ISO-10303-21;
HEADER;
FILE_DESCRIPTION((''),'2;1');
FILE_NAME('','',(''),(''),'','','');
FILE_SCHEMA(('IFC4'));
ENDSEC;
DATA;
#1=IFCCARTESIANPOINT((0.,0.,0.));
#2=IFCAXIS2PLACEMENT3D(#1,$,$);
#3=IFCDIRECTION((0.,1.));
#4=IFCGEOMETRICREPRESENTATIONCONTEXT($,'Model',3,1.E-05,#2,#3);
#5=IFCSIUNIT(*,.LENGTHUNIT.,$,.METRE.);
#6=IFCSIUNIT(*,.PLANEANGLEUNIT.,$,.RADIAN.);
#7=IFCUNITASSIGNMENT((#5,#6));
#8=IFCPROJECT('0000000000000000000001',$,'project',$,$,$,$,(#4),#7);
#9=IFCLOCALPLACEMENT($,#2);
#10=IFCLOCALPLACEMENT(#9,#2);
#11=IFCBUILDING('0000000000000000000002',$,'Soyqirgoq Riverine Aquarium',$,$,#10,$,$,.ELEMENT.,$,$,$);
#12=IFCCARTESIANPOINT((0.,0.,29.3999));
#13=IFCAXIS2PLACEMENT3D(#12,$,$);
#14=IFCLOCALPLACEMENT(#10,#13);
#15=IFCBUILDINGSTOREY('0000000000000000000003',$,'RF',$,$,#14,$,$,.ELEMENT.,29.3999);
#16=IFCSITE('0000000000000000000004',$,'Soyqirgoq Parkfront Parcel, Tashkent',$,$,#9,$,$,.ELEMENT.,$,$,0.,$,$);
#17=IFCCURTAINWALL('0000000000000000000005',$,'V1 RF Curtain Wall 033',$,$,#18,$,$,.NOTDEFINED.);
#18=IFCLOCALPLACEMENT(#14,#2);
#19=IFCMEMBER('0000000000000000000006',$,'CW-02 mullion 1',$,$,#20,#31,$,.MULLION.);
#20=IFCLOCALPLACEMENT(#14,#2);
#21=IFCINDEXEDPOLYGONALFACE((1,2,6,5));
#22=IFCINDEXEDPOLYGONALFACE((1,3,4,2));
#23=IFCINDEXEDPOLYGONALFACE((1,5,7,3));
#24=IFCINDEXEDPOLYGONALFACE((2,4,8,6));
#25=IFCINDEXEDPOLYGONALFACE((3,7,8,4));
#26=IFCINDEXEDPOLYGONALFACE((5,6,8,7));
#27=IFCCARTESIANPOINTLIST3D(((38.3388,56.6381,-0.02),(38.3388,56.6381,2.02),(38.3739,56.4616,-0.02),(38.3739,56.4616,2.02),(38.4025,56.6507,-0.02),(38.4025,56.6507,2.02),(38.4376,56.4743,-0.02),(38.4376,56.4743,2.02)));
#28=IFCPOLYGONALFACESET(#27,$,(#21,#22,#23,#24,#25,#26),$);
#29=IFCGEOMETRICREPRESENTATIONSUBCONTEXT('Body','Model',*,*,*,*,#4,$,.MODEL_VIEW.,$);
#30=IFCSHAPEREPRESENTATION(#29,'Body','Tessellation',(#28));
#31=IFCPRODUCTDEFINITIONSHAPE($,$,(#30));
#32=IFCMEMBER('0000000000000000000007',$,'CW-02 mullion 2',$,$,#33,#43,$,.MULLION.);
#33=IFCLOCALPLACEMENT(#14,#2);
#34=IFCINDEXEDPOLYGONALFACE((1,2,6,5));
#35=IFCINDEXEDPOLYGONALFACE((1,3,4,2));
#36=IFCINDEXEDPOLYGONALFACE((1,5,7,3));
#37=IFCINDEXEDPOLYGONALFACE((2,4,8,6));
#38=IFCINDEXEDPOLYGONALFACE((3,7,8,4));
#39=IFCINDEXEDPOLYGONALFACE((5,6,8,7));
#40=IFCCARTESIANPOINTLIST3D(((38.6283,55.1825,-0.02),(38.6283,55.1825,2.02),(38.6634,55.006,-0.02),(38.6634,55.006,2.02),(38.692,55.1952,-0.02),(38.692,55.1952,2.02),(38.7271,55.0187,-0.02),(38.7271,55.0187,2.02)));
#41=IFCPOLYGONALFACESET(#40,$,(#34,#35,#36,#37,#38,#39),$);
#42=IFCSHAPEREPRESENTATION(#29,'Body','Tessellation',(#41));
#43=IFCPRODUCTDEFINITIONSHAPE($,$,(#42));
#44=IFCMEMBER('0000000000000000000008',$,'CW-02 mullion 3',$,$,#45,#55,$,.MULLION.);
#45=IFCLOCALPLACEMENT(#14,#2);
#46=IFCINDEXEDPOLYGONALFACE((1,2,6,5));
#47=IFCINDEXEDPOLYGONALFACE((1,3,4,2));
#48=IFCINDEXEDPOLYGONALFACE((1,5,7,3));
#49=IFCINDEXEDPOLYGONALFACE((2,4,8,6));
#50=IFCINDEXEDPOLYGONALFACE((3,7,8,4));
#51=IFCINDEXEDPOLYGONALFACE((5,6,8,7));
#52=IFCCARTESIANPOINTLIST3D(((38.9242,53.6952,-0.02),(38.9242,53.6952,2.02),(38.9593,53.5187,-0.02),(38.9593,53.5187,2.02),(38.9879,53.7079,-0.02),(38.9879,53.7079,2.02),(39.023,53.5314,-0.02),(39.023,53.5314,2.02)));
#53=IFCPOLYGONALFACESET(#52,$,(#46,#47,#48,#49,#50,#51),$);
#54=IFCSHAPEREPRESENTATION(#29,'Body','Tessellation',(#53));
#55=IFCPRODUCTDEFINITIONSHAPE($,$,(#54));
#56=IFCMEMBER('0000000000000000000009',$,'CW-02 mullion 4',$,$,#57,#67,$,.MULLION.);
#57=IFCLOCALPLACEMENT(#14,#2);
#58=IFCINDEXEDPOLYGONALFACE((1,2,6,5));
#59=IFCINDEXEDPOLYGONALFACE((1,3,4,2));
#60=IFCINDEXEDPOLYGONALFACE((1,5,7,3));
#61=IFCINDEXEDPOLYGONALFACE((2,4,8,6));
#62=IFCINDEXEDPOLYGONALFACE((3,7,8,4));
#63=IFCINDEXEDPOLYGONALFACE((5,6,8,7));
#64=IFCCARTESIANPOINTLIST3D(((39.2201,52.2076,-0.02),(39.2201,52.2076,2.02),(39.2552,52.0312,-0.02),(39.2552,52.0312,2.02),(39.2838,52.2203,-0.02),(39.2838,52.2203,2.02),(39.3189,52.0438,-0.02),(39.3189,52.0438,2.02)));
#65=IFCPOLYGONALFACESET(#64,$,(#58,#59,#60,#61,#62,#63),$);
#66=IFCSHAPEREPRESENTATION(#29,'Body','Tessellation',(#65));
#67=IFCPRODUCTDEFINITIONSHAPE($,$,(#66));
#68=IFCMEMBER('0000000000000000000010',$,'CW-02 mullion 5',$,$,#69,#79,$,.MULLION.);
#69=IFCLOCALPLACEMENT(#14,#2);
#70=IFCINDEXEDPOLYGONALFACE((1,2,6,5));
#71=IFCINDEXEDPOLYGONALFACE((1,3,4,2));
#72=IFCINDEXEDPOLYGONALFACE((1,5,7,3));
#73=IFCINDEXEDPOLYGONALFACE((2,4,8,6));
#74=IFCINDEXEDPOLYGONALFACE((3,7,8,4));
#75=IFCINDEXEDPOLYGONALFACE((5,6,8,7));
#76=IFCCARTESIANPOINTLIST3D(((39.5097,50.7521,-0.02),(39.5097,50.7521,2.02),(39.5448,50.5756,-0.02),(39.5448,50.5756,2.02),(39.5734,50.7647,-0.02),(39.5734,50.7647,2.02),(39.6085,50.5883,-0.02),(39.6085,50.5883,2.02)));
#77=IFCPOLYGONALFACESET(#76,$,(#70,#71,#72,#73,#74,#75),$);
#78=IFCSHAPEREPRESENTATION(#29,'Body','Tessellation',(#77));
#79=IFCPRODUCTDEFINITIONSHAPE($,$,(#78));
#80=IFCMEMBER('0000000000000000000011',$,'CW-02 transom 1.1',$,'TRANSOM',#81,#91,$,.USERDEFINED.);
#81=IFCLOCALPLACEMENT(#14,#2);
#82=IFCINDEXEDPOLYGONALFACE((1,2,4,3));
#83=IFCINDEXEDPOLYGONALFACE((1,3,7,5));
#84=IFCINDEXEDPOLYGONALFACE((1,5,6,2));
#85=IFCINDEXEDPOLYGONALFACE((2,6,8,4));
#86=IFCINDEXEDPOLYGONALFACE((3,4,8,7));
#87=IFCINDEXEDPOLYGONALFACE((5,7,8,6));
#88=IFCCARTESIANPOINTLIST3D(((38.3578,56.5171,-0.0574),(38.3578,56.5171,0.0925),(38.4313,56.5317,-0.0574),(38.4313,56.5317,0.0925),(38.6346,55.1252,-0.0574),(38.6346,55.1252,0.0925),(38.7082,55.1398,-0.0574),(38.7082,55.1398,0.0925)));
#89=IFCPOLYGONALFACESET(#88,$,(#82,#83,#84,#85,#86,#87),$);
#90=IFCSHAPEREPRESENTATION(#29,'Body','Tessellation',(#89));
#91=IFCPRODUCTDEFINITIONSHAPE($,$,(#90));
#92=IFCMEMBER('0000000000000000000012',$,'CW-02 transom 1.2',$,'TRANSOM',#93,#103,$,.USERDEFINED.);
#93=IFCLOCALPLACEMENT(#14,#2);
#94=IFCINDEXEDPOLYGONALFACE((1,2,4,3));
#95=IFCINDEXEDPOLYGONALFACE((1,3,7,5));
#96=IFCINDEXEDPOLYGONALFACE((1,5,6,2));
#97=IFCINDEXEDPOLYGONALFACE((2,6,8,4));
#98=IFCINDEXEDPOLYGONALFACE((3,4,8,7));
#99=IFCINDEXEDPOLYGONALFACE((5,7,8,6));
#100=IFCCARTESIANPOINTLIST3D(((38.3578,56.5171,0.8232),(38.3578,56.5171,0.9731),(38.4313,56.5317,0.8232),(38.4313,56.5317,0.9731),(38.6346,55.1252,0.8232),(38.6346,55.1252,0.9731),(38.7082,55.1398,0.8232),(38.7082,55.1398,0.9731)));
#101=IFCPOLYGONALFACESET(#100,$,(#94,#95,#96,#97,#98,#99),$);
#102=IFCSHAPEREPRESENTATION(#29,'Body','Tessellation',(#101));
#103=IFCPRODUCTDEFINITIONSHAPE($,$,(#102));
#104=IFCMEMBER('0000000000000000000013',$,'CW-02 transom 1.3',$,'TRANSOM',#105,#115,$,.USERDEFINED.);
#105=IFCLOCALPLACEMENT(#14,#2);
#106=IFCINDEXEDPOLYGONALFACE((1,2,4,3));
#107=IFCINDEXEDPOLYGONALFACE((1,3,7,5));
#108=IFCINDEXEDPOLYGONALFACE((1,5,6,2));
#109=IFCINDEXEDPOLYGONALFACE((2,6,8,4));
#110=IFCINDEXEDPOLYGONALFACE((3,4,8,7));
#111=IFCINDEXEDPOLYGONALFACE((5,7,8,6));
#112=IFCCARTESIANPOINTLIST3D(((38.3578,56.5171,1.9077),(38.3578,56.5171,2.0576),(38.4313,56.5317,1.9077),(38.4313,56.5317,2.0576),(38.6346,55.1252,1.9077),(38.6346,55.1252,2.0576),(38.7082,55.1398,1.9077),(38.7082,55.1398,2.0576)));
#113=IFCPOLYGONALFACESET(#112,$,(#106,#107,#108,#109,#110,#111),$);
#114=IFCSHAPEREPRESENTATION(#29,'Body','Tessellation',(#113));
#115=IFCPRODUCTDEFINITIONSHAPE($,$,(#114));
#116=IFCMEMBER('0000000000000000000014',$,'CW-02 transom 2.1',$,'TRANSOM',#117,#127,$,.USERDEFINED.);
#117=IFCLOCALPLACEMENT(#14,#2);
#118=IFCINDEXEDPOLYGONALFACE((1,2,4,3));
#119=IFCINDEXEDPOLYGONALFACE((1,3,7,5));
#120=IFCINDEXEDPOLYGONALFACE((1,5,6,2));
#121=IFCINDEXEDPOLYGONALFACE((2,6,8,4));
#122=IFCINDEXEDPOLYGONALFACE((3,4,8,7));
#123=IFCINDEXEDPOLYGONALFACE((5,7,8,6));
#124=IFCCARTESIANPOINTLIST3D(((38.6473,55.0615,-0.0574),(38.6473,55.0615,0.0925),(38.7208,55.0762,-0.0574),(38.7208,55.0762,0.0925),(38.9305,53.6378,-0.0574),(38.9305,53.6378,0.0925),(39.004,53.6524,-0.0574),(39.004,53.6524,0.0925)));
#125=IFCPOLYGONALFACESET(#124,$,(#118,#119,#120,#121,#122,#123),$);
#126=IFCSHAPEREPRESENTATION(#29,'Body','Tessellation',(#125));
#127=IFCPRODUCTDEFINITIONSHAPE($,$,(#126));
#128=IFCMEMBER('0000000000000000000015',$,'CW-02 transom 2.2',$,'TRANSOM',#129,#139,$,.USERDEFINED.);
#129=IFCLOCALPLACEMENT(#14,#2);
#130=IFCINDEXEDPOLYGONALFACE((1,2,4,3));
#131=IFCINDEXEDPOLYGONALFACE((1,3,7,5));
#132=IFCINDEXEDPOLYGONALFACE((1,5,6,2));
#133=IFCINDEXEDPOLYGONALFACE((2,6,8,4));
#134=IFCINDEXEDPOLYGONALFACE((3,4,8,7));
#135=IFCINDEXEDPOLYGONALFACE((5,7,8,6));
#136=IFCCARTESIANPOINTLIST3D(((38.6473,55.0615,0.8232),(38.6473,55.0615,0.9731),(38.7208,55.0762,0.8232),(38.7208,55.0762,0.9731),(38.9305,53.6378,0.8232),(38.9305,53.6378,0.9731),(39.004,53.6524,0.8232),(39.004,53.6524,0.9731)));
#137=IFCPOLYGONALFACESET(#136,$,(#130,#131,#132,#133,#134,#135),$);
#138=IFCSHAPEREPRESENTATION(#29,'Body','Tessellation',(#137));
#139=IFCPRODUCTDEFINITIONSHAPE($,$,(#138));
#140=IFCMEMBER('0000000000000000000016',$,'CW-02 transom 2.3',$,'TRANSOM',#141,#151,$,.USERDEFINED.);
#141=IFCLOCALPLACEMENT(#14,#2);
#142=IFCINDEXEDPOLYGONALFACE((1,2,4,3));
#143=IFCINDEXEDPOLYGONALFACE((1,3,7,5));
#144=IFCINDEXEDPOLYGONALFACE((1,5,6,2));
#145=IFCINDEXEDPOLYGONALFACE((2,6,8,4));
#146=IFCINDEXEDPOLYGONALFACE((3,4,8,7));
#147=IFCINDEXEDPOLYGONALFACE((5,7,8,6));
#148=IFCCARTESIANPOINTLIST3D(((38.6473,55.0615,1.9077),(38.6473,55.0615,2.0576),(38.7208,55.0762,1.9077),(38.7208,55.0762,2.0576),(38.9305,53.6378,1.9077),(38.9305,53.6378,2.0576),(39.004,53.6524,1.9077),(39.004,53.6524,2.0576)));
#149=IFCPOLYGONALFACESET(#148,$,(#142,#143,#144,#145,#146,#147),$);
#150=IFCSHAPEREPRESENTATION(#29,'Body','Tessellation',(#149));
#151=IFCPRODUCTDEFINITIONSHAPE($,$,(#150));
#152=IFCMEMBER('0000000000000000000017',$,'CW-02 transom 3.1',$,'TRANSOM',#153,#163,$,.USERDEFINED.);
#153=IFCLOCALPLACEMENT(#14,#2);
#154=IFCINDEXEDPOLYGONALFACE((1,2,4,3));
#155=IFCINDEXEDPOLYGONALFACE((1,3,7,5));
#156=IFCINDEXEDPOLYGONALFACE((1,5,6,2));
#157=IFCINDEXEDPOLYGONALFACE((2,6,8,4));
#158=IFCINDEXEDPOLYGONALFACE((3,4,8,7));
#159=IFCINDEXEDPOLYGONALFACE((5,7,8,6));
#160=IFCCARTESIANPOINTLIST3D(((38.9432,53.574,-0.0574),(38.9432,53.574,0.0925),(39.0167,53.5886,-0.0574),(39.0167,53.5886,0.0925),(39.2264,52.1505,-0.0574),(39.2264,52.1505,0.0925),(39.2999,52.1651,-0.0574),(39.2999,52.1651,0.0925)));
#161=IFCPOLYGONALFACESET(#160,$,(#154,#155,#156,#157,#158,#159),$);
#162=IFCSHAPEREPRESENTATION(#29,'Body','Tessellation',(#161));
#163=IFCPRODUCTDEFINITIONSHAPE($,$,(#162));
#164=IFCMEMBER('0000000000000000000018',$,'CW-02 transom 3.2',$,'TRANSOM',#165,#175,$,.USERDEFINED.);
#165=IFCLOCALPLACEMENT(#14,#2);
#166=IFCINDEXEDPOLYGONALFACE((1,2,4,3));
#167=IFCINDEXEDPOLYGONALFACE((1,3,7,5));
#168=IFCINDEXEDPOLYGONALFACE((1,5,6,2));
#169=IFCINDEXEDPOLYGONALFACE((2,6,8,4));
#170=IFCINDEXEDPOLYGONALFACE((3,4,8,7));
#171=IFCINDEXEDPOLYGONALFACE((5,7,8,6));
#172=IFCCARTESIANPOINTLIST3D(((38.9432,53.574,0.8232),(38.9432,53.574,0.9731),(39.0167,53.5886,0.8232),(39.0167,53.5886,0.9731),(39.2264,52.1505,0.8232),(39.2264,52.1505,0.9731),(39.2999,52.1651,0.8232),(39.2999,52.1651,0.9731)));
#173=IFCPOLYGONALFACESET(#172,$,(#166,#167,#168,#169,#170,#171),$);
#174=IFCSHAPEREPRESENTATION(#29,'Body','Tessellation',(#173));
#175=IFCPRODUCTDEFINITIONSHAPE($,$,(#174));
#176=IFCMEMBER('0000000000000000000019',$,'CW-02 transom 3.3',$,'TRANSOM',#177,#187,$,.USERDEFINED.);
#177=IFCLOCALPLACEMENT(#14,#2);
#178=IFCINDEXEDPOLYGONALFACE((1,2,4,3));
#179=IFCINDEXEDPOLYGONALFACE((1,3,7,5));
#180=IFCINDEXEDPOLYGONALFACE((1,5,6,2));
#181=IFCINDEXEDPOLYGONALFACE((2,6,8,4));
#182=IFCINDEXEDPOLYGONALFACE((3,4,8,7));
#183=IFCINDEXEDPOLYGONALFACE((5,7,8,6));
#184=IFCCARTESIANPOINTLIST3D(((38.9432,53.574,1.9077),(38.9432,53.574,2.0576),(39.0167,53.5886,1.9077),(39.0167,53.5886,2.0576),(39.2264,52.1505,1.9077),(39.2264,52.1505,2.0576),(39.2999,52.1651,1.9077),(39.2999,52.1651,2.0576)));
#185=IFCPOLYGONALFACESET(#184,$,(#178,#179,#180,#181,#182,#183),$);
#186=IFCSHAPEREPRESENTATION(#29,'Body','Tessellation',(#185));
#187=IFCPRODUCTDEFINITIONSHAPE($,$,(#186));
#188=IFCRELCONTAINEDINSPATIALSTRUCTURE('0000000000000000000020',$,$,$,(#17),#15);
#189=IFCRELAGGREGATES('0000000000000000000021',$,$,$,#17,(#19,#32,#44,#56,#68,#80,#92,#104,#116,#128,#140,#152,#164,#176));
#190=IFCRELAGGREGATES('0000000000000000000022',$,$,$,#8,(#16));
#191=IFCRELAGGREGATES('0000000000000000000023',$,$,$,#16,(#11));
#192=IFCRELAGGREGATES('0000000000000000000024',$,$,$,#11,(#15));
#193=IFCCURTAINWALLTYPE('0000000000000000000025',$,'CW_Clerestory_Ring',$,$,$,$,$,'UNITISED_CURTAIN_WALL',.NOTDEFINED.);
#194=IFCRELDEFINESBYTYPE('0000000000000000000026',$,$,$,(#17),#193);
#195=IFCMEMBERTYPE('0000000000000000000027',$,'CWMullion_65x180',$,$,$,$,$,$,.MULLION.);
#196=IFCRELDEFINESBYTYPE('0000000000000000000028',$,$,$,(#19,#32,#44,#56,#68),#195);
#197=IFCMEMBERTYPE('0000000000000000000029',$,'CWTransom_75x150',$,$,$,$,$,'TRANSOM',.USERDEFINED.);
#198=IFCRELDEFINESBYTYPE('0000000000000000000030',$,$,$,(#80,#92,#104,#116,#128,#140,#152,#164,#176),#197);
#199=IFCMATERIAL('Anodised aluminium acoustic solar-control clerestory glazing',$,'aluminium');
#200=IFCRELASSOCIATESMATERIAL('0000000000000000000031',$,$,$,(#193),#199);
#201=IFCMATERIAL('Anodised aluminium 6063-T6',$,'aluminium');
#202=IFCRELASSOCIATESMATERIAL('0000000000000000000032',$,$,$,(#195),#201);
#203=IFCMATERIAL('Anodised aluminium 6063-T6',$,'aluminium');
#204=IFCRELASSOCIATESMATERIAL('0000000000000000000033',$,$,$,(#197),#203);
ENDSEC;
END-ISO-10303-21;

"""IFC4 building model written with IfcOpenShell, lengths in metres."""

from ifc_helpers import new_model, si_unit, direction, frame, origin, origin_2d, place, context, subcontext, project, spatial, rectangle, extrude, material, material_profile, profile_set, type_object, element, aggregate, save


model = new_model("IFC4")

# Units and contexts
model_context = context("Model", 3, precision=1e-05, world=origin(), true_north=direction((0.0, 1.0)))
body_context = subcontext(model_context, "Body", "Model", "MODEL_VIEW")
ifc_project = project(units=[si_unit("LENGTHUNIT", "METRE"), si_unit("PLANEANGLEUNIT", "RADIAN")], contexts=[model_context])

# Site, building, storey
site_placement = place(None, origin())
site = spatial("IfcSite", under=ifc_project, at=site_placement, Name="Soyqirgoq Parkfront Parcel, Tashkent", CompositionType="ELEMENT", RefElevation=0.0)
building_placement = place(site_placement, origin())
building = spatial("IfcBuilding", under=site, at=building_placement, Name="Soyqirgoq Riverine Aquarium", CompositionType="ELEMENT")
storey_placement = place(building_placement, frame((0.0, 0.0, 29.3999)))
storey = spatial("IfcBuildingStorey", under=building, at=storey_placement, Name="RF", CompositionType="ELEMENT", Elevation=29.3999)

# Curtain wall, members
ifc_material_1 = material(Name="Anodised aluminium acoustic solar-control clerestory glazing", Category="aluminium")
curtain_wall_type = type_object("IfcCurtainWallType", Name="CW_Clerestory_Ring", ElementType="UNITISED_CURTAIN_WALL", PredefinedType="NOTDEFINED", material=ifc_material_1)
curtain_wall_placement = place(storey_placement, origin())
curtain_wall = element("IfcCurtainWall", 1, at=curtain_wall_placement, inside=storey, type_object=curtain_wall_type, Name="V1 RF Curtain Wall 033", PredefinedType="NOTDEFINED")
ifc_material_2 = material(Name="Anodised aluminium 6063-T6", Category="aluminium")
ifc_material_profile_1 = material_profile(ifc_material_2, rectangle(XDim=0.0649, YDim=0.1799, at=origin_2d()), Name="ALU-M 65x180")
ifc_profile_set_1 = profile_set([ifc_material_profile_1], Name="Anodised aluminium 6063-T6")
member_type_1 = type_object("IfcMemberType", Name="CWMullion_65x180", PredefinedType="MULLION", material=ifc_profile_set_1)
member_1_placement = place(storey_placement, frame((38.3882, 56.5562, -0.02), z_axis=(0.0, 0.0, 1.0), x_axis=(0.980784, 0.195095, 0.0)))
member_1 = element("IfcMember", 2, at=member_1_placement, type_object=member_type_1, Name="CW-02 mullion 1", PredefinedType="MULLION", context=body_context, shape_type="SweptSolid", body=[
    extrude(rectangle(XDim=0.0649, YDim=0.1799, at=origin_2d()), origin(), (0.0, 0.0, 1.0), 2.04),
])
member_2_placement = place(storey_placement, frame((38.6777, 55.1006, -0.02), z_axis=(0.0, 0.0, 1.0), x_axis=(0.980784, 0.195095, 0.0)))
member_2 = element("IfcMember", 3, at=member_2_placement, type_object=member_type_1, Name="CW-02 mullion 2", PredefinedType="MULLION", context=body_context, shape_type="SweptSolid", body=[
    extrude(rectangle(XDim=0.0649, YDim=0.1799, at=origin_2d()), origin(), (0.0, 0.0, 1.0), 2.04),
])
member_3_placement = place(storey_placement, frame((38.9736, 53.6133, -0.02), z_axis=(0.0, 0.0, 1.0), x_axis=(0.980784, 0.195095, 0.0)))
member_3 = element("IfcMember", 4, at=member_3_placement, type_object=member_type_1, Name="CW-02 mullion 3", PredefinedType="MULLION", context=body_context, shape_type="SweptSolid", body=[
    extrude(rectangle(XDim=0.0649, YDim=0.1799, at=origin_2d()), origin(), (0.0, 0.0, 1.0), 2.04),
])
member_4_placement = place(storey_placement, frame((39.2695, 52.1257, -0.02), z_axis=(0.0, 0.0, 1.0), x_axis=(0.980784, 0.195095, 0.0)))
member_4 = element("IfcMember", 5, at=member_4_placement, type_object=member_type_1, Name="CW-02 mullion 4", PredefinedType="MULLION", context=body_context, shape_type="SweptSolid", body=[
    extrude(rectangle(XDim=0.0649, YDim=0.1799, at=origin_2d()), origin(), (0.0, 0.0, 1.0), 2.04),
])
member_5_placement = place(storey_placement, frame((39.5591, 50.6702, -0.02), z_axis=(0.0, 0.0, 1.0), x_axis=(0.980784, 0.195095, 0.0)))
member_5 = element("IfcMember", 6, at=member_5_placement, type_object=member_type_1, Name="CW-02 mullion 5", PredefinedType="MULLION", context=body_context, shape_type="SweptSolid", body=[
    extrude(rectangle(XDim=0.0649, YDim=0.1799, at=origin_2d()), origin(), (0.0, 0.0, 1.0), 2.04),
])
ifc_material_3 = material(Name="Anodised aluminium 6063-T6", Category="aluminium")
ifc_material_profile_2 = material_profile(ifc_material_3, rectangle(XDim=0.075, YDim=0.1499, at=origin_2d()), Name="ALU-T 75x150")
ifc_profile_set_2 = profile_set([ifc_material_profile_2], Name="Anodised aluminium 6063-T6")
member_type_2 = type_object("IfcMemberType", Name="CWTransom_75x150", ElementType="TRANSOM", PredefinedType="USERDEFINED", material=ifc_profile_set_2)
member_6_placement = place(storey_placement, frame((38.3945, 56.5244, 0.0176), z_axis=(0.19509, -0.980785, 0.0), x_axis=(0.980785, 0.19509, 0.0)))
member_6 = element("IfcMember", 7, at=member_6_placement, type_object=member_type_2, Name="CW-02 transom 1.1", ObjectType="TRANSOM", PredefinedType="USERDEFINED", context=body_context, shape_type="SweptSolid", body=[
    extrude(rectangle(XDim=0.075, YDim=0.1499, at=origin_2d()), origin(), (0.0, 0.0, 1.0), 1.4192),
])
member_7_placement = place(storey_placement, frame((38.3945, 56.5244, 0.8982), z_axis=(0.19509, -0.980785, 0.0), x_axis=(0.980785, 0.19509, 0.0)))
member_7 = element("IfcMember", 8, at=member_7_placement, type_object=member_type_2, Name="CW-02 transom 1.2", ObjectType="TRANSOM", PredefinedType="USERDEFINED", context=body_context, shape_type="SweptSolid", body=[
    extrude(rectangle(XDim=0.075, YDim=0.1499, at=origin_2d()), origin(), (0.0, 0.0, 1.0), 1.4192),
])
member_8_placement = place(storey_placement, frame((38.3945, 56.5244, 1.9827), z_axis=(0.19509, -0.980785, 0.0), x_axis=(0.980785, 0.19509, 0.0)))
member_8 = element("IfcMember", 9, at=member_8_placement, type_object=member_type_2, Name="CW-02 transom 1.3", ObjectType="TRANSOM", PredefinedType="USERDEFINED", context=body_context, shape_type="SweptSolid", body=[
    extrude(rectangle(XDim=0.075, YDim=0.1499, at=origin_2d()), origin(), (0.0, 0.0, 1.0), 1.4192),
])
member_9_placement = place(storey_placement, frame((38.6841, 55.0688, 0.0176), z_axis=(0.195081, -0.980787, 0.0), x_axis=(0.980787, 0.195081, 0.0)))
member_9 = element("IfcMember", 10, at=member_9_placement, type_object=member_type_2, Name="CW-02 transom 2.1", ObjectType="TRANSOM", PredefinedType="USERDEFINED", context=body_context, shape_type="SweptSolid", body=[
    extrude(rectangle(XDim=0.075, YDim=0.1499, at=origin_2d()), origin(), (0.0, 0.0, 1.0), 1.4517),
])
member_10_placement = place(storey_placement, frame((38.6841, 55.0688, 0.8982), z_axis=(0.195081, -0.980787, 0.0), x_axis=(0.980787, 0.195081, 0.0)))
member_10 = element("IfcMember", 11, at=member_10_placement, type_object=member_type_2, Name="CW-02 transom 2.2", ObjectType="TRANSOM", PredefinedType="USERDEFINED", context=body_context, shape_type="SweptSolid", body=[
    extrude(rectangle(XDim=0.075, YDim=0.1499, at=origin_2d()), origin(), (0.0, 0.0, 1.0), 1.4517),
])
member_11_placement = place(storey_placement, frame((38.6841, 55.0688, 1.9827), z_axis=(0.195081, -0.980787, 0.0), x_axis=(0.980787, 0.195081, 0.0)))
member_11 = element("IfcMember", 12, at=member_11_placement, type_object=member_type_2, Name="CW-02 transom 2.3", ObjectType="TRANSOM", PredefinedType="USERDEFINED", context=body_context, shape_type="SweptSolid", body=[
    extrude(rectangle(XDim=0.075, YDim=0.1499, at=origin_2d()), origin(), (0.0, 0.0, 1.0), 1.4517),
])
member_12_placement = place(storey_placement, frame((38.98, 53.5813, 0.0176), z_axis=(0.195113, -0.980781, 0.0), x_axis=(0.980781, 0.195113, 0.0)))
member_12 = element("IfcMember", 13, at=member_12_placement, type_object=member_type_2, Name="CW-02 transom 3.1", ObjectType="TRANSOM", PredefinedType="USERDEFINED", context=body_context, shape_type="SweptSolid", body=[
    extrude(rectangle(XDim=0.075, YDim=0.1499, at=origin_2d()), origin(), (0.0, 0.0, 1.0), 1.4514),
])
member_13_placement = place(storey_placement, frame((38.98, 53.5813, 0.8982), z_axis=(0.195113, -0.980781, 0.0), x_axis=(0.980781, 0.195113, 0.0)))
member_13 = element("IfcMember", 14, at=member_13_placement, type_object=member_type_2, Name="CW-02 transom 3.2", ObjectType="TRANSOM", PredefinedType="USERDEFINED", context=body_context, shape_type="SweptSolid", body=[
    extrude(rectangle(XDim=0.075, YDim=0.1499, at=origin_2d()), origin(), (0.0, 0.0, 1.0), 1.4514),
])
member_14_placement = place(storey_placement, frame((38.98, 53.5813, 1.9827), z_axis=(0.195113, -0.980781, 0.0), x_axis=(0.980781, 0.195113, 0.0)))
member_14 = element("IfcMember", 15, at=member_14_placement, type_object=member_type_2, Name="CW-02 transom 3.3", ObjectType="TRANSOM", PredefinedType="USERDEFINED", context=body_context, shape_type="SweptSolid", body=[
    extrude(rectangle(XDim=0.075, YDim=0.1499, at=origin_2d()), origin(), (0.0, 0.0, 1.0), 1.4514),
])

aggregate(curtain_wall, [member_1, member_2, member_3, member_4, member_5, member_6, member_7, member_8, member_9, member_10, member_11, member_12, member_13, member_14])

save(model, "model.ifc")
